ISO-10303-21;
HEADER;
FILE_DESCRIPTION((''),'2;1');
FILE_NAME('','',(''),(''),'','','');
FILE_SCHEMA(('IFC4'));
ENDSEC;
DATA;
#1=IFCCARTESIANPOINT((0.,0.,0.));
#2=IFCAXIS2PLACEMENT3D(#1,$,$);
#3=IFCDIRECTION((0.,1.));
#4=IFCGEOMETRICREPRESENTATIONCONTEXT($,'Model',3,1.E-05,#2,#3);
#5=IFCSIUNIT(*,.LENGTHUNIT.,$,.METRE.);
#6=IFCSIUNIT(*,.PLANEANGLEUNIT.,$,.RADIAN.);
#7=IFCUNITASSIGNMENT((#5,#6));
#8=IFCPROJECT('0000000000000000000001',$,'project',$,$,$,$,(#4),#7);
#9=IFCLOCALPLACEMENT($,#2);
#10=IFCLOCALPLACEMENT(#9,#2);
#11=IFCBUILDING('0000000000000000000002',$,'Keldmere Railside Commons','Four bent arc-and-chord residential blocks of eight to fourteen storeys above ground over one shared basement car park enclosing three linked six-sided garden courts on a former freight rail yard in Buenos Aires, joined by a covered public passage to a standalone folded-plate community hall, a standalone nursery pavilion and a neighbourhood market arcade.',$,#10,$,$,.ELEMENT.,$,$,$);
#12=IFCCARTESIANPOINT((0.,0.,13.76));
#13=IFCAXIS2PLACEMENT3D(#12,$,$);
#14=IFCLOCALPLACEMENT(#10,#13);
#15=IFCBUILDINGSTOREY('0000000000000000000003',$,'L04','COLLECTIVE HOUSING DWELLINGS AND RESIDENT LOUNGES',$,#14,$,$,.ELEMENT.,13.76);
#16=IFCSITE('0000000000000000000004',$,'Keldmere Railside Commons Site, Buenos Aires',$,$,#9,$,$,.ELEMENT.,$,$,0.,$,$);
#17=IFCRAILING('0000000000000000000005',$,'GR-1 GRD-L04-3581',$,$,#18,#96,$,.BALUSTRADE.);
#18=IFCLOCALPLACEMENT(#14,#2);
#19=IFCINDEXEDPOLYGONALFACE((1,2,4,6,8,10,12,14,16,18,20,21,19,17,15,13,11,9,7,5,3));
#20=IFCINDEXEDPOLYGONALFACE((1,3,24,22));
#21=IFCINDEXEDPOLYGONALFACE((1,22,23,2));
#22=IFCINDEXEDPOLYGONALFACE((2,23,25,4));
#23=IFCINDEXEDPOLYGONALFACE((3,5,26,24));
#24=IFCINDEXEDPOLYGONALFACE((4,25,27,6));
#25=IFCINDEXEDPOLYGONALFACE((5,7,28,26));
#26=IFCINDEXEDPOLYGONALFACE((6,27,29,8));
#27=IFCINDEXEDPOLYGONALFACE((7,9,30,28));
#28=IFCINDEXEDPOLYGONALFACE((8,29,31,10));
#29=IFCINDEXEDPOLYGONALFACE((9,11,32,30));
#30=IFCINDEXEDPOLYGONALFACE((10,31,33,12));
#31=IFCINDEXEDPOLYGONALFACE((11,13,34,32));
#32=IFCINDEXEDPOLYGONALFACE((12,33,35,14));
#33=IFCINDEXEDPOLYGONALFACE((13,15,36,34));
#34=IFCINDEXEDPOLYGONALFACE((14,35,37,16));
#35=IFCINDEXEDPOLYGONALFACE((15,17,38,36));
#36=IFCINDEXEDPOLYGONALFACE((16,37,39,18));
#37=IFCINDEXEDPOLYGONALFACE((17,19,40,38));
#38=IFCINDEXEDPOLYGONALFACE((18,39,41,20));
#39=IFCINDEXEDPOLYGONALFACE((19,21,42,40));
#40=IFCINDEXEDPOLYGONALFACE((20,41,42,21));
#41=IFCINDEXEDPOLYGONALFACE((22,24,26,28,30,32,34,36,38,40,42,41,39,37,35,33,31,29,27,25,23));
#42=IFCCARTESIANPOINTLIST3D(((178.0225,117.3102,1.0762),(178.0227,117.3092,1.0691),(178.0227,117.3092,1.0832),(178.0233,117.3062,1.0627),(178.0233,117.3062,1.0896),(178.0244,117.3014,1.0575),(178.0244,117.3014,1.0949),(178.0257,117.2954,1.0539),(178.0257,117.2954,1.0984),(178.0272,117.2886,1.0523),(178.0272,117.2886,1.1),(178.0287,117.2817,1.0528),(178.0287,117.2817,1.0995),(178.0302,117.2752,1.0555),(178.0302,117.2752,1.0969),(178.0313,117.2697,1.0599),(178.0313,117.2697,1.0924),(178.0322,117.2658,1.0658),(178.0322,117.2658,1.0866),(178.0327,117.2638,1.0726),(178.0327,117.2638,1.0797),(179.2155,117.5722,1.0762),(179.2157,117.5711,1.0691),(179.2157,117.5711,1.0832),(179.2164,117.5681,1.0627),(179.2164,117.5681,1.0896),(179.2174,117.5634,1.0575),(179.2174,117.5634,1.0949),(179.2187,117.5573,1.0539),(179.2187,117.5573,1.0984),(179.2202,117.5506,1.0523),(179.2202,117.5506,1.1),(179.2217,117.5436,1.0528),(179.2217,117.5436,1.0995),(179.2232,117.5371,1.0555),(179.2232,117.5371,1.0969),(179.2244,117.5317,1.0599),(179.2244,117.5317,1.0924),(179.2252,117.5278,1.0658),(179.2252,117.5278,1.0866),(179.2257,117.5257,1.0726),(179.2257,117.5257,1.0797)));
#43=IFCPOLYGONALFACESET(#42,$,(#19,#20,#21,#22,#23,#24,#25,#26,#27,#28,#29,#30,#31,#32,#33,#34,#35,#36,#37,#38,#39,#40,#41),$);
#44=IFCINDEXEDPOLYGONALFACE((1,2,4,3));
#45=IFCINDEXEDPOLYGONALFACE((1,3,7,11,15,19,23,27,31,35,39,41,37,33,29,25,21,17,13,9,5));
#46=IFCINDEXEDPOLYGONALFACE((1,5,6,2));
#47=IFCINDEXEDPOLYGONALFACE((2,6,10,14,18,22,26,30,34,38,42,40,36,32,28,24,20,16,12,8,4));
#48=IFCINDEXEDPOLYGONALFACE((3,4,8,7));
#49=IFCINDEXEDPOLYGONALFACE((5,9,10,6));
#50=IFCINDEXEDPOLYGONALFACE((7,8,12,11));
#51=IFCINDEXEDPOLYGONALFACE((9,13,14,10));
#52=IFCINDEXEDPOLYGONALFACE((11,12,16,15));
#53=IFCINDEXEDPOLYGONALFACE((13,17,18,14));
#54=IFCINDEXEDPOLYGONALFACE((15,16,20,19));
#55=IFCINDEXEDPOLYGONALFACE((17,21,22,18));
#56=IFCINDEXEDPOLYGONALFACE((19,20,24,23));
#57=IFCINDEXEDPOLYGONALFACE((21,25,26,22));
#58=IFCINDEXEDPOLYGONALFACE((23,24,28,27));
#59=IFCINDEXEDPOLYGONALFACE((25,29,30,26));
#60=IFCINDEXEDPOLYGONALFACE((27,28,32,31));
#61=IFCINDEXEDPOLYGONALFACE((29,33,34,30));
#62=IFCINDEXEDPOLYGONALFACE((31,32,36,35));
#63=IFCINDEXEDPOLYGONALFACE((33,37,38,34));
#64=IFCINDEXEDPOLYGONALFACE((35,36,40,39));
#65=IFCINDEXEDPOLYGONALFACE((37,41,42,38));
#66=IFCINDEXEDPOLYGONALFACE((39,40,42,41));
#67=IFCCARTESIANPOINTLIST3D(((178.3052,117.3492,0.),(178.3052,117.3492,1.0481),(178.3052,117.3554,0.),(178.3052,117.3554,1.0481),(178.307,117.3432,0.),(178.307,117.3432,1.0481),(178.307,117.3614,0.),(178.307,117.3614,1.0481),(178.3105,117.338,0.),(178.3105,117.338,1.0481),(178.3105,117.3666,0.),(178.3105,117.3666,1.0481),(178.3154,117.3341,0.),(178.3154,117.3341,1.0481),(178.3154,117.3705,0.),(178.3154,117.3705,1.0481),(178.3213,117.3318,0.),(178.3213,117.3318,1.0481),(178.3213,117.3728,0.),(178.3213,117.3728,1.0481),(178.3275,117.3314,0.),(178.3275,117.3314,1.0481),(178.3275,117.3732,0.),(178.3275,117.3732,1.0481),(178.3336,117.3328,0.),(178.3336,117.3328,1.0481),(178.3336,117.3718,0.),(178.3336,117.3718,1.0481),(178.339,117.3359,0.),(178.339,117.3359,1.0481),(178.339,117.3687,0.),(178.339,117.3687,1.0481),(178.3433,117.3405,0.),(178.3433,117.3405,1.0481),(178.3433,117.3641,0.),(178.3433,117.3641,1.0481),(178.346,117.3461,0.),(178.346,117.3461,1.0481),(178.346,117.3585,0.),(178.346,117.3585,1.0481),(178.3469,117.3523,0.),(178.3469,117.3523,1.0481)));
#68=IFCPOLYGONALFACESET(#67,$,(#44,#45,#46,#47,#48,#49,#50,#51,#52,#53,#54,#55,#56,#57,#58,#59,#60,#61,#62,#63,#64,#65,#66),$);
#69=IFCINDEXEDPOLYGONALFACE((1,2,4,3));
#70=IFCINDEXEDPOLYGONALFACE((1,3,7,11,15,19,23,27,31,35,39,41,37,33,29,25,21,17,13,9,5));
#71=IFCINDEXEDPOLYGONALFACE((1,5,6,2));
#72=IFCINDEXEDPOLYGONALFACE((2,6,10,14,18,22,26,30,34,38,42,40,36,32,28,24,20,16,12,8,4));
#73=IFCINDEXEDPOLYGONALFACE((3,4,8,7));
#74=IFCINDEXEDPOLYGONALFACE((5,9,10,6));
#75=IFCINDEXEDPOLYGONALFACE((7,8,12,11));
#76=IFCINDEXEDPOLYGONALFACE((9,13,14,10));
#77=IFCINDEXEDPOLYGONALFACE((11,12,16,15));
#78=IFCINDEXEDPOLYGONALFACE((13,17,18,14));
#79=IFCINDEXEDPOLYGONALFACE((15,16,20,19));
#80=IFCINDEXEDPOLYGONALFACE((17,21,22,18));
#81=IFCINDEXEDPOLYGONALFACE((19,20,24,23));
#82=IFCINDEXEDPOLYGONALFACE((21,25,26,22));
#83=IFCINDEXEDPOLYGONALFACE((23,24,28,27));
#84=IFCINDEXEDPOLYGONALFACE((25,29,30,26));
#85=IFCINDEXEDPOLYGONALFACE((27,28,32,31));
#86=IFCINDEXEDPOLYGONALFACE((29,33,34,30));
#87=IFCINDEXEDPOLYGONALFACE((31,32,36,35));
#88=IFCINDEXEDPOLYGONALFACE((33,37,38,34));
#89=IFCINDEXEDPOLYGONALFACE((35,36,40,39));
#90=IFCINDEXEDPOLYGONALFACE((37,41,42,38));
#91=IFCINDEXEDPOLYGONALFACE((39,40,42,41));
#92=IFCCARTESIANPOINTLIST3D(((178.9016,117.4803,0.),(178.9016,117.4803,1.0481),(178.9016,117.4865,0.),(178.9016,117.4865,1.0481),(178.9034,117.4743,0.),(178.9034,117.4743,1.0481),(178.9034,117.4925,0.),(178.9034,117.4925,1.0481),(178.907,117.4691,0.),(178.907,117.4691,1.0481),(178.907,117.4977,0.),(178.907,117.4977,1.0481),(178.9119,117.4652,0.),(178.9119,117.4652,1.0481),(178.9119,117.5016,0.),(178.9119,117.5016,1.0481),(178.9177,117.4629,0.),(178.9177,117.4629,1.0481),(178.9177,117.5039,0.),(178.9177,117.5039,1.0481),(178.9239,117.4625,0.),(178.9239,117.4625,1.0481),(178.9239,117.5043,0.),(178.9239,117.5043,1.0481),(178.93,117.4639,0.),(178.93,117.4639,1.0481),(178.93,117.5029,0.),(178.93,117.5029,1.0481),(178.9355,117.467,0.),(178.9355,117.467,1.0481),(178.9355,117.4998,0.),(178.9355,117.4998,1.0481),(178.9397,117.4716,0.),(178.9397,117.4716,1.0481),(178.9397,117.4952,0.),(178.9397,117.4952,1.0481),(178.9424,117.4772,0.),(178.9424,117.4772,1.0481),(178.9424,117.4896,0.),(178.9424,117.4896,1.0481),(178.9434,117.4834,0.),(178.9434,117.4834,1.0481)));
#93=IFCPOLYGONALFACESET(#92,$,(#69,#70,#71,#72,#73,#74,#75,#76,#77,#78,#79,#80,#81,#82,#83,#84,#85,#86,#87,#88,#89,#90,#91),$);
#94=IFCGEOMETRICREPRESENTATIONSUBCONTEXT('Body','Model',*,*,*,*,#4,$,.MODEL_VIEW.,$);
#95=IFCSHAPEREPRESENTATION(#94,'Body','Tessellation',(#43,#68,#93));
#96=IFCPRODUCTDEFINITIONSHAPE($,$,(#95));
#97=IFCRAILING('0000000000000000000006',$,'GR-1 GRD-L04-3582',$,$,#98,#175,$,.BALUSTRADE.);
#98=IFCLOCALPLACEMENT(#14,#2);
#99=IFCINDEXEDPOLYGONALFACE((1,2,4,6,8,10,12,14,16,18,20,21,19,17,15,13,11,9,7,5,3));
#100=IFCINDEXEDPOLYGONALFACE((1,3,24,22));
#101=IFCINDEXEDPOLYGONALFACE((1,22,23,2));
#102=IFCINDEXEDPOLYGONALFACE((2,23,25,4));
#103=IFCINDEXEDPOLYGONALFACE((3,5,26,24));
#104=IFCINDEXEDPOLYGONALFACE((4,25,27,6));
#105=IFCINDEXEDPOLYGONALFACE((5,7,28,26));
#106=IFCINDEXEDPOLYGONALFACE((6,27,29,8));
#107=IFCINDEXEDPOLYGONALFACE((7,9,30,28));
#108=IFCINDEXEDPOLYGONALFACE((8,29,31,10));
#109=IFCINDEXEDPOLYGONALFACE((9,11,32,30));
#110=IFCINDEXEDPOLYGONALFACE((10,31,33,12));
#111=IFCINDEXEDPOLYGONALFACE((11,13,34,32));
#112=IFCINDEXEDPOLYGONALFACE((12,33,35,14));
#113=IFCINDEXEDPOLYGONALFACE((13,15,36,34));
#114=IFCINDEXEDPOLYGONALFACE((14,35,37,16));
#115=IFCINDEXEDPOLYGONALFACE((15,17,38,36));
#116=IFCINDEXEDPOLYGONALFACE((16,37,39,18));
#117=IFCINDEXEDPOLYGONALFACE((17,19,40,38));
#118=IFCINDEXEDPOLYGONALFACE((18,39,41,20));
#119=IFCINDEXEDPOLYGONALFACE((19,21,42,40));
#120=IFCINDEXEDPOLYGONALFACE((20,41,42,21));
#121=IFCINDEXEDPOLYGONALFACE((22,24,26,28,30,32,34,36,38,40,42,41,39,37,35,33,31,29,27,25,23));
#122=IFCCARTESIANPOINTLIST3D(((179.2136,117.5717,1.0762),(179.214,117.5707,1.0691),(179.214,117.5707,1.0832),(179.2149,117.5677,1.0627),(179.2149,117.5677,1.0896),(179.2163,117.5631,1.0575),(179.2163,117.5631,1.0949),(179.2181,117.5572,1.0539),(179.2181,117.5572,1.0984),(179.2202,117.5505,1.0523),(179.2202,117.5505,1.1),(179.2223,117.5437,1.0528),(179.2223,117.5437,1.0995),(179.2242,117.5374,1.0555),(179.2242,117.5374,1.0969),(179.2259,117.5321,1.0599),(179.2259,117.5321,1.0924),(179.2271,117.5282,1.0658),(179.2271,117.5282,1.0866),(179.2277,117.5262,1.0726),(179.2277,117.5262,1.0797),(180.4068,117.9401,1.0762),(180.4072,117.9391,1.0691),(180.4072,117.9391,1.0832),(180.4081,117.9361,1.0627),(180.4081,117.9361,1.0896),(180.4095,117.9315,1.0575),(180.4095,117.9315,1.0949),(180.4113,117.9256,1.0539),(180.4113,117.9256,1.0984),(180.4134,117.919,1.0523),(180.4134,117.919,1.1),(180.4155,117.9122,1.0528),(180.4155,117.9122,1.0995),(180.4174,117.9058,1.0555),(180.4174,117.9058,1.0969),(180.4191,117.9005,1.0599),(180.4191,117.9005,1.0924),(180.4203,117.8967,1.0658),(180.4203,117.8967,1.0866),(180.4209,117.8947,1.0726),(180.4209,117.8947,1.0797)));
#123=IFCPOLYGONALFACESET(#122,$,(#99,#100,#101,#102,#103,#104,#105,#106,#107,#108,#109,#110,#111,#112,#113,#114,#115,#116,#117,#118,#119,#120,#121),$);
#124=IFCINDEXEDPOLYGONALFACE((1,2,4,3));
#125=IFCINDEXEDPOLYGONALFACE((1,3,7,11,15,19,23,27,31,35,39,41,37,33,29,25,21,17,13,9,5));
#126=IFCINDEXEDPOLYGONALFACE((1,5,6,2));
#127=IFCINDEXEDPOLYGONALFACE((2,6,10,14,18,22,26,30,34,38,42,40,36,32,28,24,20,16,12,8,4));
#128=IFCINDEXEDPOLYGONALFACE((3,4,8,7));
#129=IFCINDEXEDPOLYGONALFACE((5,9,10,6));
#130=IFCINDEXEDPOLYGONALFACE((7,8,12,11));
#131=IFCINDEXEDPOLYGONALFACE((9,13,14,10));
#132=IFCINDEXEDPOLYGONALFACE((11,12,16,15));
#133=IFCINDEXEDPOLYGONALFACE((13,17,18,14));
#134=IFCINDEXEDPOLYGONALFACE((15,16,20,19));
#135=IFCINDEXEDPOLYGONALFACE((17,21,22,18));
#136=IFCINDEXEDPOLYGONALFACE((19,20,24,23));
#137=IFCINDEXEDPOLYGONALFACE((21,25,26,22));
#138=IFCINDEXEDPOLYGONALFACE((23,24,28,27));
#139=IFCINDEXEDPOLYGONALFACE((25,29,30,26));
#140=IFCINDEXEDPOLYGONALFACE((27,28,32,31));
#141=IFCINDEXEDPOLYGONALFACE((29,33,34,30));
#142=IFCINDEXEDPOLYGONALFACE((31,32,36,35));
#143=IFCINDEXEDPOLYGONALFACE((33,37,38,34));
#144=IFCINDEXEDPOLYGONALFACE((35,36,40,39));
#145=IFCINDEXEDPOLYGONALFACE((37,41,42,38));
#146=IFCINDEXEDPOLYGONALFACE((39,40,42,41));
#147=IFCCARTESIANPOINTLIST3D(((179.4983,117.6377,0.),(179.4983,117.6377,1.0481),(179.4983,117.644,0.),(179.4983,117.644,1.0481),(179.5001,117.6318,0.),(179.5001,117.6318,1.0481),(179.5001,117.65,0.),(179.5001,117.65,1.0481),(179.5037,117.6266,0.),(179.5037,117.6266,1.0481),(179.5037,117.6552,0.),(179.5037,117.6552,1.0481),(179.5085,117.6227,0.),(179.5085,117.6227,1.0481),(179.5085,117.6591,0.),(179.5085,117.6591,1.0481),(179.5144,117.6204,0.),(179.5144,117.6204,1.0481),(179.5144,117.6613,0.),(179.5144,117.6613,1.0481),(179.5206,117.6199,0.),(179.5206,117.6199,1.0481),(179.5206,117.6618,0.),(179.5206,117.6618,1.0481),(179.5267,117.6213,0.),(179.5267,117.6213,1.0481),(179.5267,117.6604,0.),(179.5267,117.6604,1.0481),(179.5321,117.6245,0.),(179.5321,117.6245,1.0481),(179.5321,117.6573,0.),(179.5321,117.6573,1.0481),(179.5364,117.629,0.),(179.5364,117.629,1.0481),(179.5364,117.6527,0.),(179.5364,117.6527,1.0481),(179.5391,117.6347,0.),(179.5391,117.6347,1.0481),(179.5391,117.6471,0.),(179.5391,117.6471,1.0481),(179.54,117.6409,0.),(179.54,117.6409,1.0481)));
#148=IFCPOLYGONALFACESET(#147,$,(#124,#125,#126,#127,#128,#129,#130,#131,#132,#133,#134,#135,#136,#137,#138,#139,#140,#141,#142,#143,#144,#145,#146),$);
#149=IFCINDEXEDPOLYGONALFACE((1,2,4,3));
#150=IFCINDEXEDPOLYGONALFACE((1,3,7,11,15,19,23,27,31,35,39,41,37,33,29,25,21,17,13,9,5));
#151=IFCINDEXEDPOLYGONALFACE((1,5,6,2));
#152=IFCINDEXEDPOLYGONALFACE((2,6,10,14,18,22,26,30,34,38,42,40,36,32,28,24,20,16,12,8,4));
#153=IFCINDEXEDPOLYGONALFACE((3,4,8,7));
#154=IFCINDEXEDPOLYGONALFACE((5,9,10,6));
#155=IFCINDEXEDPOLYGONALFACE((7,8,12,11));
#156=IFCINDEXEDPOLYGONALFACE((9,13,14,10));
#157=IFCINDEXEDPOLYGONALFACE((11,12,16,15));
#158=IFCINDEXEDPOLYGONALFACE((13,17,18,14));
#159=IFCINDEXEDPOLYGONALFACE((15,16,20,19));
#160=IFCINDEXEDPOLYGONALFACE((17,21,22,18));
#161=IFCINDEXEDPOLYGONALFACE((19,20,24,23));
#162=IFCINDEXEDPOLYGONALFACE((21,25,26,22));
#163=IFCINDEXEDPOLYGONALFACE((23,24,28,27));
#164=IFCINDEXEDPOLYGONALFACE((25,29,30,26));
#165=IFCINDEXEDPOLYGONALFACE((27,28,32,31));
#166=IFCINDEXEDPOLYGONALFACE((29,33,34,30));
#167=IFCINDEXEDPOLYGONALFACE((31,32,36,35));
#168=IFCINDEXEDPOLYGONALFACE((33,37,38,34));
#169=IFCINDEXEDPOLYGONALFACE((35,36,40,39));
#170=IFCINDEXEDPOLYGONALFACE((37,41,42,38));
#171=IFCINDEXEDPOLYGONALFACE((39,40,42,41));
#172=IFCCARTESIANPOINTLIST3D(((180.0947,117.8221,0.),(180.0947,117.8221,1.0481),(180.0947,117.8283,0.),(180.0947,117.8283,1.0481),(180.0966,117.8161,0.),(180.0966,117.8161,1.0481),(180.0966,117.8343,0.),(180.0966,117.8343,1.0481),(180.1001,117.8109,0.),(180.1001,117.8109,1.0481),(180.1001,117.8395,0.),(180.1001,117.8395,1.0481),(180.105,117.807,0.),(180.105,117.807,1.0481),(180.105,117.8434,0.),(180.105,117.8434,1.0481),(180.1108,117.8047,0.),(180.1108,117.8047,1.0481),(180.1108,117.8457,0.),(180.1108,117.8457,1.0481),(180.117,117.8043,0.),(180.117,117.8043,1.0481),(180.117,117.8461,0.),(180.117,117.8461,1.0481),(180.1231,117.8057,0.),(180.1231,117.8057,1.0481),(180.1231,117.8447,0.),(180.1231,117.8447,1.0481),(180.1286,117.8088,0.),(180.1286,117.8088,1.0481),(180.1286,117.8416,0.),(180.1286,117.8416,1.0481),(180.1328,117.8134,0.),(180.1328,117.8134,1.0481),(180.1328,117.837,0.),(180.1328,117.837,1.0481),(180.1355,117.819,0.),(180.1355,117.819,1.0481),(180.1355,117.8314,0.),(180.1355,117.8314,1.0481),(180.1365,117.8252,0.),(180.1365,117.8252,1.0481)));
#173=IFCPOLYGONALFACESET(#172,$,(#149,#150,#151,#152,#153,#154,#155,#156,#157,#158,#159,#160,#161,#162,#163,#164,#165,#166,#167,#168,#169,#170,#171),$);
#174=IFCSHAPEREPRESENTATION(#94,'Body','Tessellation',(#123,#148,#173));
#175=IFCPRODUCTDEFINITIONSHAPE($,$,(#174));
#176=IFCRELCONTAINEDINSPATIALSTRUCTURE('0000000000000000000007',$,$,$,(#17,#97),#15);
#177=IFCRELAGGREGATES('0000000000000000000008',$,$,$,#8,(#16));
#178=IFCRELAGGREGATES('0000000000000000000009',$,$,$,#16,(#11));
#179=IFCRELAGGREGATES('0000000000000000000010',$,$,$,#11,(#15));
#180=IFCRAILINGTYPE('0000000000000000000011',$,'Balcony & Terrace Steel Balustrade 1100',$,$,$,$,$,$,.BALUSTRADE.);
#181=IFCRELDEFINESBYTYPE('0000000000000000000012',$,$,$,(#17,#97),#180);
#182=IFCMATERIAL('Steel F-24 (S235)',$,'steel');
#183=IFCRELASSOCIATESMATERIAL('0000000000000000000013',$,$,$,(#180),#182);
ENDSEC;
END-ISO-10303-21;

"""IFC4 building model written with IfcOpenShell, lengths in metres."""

from ifc_helpers import new_model, si_unit, direction, frame, origin, origin_2d, place, context, subcontext, project, spatial, circle, extrude, material, type_object, element, save


model = new_model("IFC4")

# Units and contexts
model_context = context("Model", 3, precision=1e-05, world=origin(), true_north=direction((0.0, 1.0)))
body_context = subcontext(model_context, "Body", "Model", "MODEL_VIEW")
ifc_project = project(units=[si_unit("LENGTHUNIT", "METRE"), si_unit("PLANEANGLEUNIT", "RADIAN")], contexts=[model_context])

# Site, building, storey
site_placement = place(None, origin())
site = spatial("IfcSite", under=ifc_project, at=site_placement, Name="Keldmere Railside Commons Site, Buenos Aires", CompositionType="ELEMENT", RefElevation=0.0)
building_placement = place(site_placement, origin())
building = spatial("IfcBuilding", under=site, at=building_placement, Name="Keldmere Railside Commons", Description="Four bent arc-and-chord residential blocks of eight to fourteen storeys above ground over one shared basement car park enclosing three linked six-sided garden courts on a former freight rail yard in Buenos Aires, joined by a covered public passage to a standalone folded-plate community hall, a standalone nursery pavilion and a neighbourhood market arcade.", CompositionType="ELEMENT")
storey_placement = place(building_placement, frame((0.0, 0.0, 13.76)))
storey = spatial("IfcBuildingStorey", under=building, at=storey_placement, Name="L04", Description="COLLECTIVE HOUSING DWELLINGS AND RESIDENT LOUNGES", CompositionType="ELEMENT", Elevation=13.76)

# Railings
ifc_material_1 = material(Name="Steel F-24 (S235)", Category="steel")
railing_type = type_object("IfcRailingType", Name="Balcony & Terrace Steel Balustrade 1100", PredefinedType="BALUSTRADE", material=ifc_material_1)
railing_1_placement = place(storey_placement, frame((178.0276, 117.2869, 0.0)))
element("IfcRailing", 1, at=railing_1_placement, inside=storey, type_object=railing_type, Name="GR-1 GRD-L04-3581", PredefinedType="BALUSTRADE", context=body_context, shape_type="SweptSolid", body=[
    extrude(circle(Radius=0.0239, at=origin_2d()), frame((0.0, 0.0, 1.0762), z_axis=(0.976734, 0.214454, 0.0), x_axis=(-0.214454, 0.976734, 0.0)), (0.0, 0.0, 1.0), 1.2214),
    extrude(circle(Radius=0.021, at=origin_2d()), frame((0.2983, 0.0654, 0.0)), (0.0, 0.0, 1.0), 1.0481),
    extrude(circle(Radius=0.021, at=origin_2d()), frame((0.8948, 0.1965, 0.0)), (0.0, 0.0, 1.0), 1.0481),
])
railing_2_placement = place(storey_placement, frame((179.2207, 117.5488, 0.0)))
element("IfcRailing", 2, at=railing_2_placement, inside=storey, type_object=railing_type, Name="GR-1 GRD-L04-3582", PredefinedType="BALUSTRADE", context=body_context, shape_type="SweptSolid", body=[
    extrude(circle(Radius=0.0239, at=origin_2d()), frame((0.0, 0.0, 1.0762), z_axis=(0.955487, 0.295034, 0.0), x_axis=(-0.295034, 0.955487, 0.0)), (0.0, 0.0, 1.0), 1.2488),
    extrude(circle(Radius=0.021, at=origin_2d()), frame((0.2983, 0.092, 0.0)), (0.0, 0.0, 1.0), 1.0481),
    extrude(circle(Radius=0.021, at=origin_2d()), frame((0.8948, 0.2764, 0.0)), (0.0, 0.0, 1.0), 1.0481),
])

save(model, "model.ifc")
